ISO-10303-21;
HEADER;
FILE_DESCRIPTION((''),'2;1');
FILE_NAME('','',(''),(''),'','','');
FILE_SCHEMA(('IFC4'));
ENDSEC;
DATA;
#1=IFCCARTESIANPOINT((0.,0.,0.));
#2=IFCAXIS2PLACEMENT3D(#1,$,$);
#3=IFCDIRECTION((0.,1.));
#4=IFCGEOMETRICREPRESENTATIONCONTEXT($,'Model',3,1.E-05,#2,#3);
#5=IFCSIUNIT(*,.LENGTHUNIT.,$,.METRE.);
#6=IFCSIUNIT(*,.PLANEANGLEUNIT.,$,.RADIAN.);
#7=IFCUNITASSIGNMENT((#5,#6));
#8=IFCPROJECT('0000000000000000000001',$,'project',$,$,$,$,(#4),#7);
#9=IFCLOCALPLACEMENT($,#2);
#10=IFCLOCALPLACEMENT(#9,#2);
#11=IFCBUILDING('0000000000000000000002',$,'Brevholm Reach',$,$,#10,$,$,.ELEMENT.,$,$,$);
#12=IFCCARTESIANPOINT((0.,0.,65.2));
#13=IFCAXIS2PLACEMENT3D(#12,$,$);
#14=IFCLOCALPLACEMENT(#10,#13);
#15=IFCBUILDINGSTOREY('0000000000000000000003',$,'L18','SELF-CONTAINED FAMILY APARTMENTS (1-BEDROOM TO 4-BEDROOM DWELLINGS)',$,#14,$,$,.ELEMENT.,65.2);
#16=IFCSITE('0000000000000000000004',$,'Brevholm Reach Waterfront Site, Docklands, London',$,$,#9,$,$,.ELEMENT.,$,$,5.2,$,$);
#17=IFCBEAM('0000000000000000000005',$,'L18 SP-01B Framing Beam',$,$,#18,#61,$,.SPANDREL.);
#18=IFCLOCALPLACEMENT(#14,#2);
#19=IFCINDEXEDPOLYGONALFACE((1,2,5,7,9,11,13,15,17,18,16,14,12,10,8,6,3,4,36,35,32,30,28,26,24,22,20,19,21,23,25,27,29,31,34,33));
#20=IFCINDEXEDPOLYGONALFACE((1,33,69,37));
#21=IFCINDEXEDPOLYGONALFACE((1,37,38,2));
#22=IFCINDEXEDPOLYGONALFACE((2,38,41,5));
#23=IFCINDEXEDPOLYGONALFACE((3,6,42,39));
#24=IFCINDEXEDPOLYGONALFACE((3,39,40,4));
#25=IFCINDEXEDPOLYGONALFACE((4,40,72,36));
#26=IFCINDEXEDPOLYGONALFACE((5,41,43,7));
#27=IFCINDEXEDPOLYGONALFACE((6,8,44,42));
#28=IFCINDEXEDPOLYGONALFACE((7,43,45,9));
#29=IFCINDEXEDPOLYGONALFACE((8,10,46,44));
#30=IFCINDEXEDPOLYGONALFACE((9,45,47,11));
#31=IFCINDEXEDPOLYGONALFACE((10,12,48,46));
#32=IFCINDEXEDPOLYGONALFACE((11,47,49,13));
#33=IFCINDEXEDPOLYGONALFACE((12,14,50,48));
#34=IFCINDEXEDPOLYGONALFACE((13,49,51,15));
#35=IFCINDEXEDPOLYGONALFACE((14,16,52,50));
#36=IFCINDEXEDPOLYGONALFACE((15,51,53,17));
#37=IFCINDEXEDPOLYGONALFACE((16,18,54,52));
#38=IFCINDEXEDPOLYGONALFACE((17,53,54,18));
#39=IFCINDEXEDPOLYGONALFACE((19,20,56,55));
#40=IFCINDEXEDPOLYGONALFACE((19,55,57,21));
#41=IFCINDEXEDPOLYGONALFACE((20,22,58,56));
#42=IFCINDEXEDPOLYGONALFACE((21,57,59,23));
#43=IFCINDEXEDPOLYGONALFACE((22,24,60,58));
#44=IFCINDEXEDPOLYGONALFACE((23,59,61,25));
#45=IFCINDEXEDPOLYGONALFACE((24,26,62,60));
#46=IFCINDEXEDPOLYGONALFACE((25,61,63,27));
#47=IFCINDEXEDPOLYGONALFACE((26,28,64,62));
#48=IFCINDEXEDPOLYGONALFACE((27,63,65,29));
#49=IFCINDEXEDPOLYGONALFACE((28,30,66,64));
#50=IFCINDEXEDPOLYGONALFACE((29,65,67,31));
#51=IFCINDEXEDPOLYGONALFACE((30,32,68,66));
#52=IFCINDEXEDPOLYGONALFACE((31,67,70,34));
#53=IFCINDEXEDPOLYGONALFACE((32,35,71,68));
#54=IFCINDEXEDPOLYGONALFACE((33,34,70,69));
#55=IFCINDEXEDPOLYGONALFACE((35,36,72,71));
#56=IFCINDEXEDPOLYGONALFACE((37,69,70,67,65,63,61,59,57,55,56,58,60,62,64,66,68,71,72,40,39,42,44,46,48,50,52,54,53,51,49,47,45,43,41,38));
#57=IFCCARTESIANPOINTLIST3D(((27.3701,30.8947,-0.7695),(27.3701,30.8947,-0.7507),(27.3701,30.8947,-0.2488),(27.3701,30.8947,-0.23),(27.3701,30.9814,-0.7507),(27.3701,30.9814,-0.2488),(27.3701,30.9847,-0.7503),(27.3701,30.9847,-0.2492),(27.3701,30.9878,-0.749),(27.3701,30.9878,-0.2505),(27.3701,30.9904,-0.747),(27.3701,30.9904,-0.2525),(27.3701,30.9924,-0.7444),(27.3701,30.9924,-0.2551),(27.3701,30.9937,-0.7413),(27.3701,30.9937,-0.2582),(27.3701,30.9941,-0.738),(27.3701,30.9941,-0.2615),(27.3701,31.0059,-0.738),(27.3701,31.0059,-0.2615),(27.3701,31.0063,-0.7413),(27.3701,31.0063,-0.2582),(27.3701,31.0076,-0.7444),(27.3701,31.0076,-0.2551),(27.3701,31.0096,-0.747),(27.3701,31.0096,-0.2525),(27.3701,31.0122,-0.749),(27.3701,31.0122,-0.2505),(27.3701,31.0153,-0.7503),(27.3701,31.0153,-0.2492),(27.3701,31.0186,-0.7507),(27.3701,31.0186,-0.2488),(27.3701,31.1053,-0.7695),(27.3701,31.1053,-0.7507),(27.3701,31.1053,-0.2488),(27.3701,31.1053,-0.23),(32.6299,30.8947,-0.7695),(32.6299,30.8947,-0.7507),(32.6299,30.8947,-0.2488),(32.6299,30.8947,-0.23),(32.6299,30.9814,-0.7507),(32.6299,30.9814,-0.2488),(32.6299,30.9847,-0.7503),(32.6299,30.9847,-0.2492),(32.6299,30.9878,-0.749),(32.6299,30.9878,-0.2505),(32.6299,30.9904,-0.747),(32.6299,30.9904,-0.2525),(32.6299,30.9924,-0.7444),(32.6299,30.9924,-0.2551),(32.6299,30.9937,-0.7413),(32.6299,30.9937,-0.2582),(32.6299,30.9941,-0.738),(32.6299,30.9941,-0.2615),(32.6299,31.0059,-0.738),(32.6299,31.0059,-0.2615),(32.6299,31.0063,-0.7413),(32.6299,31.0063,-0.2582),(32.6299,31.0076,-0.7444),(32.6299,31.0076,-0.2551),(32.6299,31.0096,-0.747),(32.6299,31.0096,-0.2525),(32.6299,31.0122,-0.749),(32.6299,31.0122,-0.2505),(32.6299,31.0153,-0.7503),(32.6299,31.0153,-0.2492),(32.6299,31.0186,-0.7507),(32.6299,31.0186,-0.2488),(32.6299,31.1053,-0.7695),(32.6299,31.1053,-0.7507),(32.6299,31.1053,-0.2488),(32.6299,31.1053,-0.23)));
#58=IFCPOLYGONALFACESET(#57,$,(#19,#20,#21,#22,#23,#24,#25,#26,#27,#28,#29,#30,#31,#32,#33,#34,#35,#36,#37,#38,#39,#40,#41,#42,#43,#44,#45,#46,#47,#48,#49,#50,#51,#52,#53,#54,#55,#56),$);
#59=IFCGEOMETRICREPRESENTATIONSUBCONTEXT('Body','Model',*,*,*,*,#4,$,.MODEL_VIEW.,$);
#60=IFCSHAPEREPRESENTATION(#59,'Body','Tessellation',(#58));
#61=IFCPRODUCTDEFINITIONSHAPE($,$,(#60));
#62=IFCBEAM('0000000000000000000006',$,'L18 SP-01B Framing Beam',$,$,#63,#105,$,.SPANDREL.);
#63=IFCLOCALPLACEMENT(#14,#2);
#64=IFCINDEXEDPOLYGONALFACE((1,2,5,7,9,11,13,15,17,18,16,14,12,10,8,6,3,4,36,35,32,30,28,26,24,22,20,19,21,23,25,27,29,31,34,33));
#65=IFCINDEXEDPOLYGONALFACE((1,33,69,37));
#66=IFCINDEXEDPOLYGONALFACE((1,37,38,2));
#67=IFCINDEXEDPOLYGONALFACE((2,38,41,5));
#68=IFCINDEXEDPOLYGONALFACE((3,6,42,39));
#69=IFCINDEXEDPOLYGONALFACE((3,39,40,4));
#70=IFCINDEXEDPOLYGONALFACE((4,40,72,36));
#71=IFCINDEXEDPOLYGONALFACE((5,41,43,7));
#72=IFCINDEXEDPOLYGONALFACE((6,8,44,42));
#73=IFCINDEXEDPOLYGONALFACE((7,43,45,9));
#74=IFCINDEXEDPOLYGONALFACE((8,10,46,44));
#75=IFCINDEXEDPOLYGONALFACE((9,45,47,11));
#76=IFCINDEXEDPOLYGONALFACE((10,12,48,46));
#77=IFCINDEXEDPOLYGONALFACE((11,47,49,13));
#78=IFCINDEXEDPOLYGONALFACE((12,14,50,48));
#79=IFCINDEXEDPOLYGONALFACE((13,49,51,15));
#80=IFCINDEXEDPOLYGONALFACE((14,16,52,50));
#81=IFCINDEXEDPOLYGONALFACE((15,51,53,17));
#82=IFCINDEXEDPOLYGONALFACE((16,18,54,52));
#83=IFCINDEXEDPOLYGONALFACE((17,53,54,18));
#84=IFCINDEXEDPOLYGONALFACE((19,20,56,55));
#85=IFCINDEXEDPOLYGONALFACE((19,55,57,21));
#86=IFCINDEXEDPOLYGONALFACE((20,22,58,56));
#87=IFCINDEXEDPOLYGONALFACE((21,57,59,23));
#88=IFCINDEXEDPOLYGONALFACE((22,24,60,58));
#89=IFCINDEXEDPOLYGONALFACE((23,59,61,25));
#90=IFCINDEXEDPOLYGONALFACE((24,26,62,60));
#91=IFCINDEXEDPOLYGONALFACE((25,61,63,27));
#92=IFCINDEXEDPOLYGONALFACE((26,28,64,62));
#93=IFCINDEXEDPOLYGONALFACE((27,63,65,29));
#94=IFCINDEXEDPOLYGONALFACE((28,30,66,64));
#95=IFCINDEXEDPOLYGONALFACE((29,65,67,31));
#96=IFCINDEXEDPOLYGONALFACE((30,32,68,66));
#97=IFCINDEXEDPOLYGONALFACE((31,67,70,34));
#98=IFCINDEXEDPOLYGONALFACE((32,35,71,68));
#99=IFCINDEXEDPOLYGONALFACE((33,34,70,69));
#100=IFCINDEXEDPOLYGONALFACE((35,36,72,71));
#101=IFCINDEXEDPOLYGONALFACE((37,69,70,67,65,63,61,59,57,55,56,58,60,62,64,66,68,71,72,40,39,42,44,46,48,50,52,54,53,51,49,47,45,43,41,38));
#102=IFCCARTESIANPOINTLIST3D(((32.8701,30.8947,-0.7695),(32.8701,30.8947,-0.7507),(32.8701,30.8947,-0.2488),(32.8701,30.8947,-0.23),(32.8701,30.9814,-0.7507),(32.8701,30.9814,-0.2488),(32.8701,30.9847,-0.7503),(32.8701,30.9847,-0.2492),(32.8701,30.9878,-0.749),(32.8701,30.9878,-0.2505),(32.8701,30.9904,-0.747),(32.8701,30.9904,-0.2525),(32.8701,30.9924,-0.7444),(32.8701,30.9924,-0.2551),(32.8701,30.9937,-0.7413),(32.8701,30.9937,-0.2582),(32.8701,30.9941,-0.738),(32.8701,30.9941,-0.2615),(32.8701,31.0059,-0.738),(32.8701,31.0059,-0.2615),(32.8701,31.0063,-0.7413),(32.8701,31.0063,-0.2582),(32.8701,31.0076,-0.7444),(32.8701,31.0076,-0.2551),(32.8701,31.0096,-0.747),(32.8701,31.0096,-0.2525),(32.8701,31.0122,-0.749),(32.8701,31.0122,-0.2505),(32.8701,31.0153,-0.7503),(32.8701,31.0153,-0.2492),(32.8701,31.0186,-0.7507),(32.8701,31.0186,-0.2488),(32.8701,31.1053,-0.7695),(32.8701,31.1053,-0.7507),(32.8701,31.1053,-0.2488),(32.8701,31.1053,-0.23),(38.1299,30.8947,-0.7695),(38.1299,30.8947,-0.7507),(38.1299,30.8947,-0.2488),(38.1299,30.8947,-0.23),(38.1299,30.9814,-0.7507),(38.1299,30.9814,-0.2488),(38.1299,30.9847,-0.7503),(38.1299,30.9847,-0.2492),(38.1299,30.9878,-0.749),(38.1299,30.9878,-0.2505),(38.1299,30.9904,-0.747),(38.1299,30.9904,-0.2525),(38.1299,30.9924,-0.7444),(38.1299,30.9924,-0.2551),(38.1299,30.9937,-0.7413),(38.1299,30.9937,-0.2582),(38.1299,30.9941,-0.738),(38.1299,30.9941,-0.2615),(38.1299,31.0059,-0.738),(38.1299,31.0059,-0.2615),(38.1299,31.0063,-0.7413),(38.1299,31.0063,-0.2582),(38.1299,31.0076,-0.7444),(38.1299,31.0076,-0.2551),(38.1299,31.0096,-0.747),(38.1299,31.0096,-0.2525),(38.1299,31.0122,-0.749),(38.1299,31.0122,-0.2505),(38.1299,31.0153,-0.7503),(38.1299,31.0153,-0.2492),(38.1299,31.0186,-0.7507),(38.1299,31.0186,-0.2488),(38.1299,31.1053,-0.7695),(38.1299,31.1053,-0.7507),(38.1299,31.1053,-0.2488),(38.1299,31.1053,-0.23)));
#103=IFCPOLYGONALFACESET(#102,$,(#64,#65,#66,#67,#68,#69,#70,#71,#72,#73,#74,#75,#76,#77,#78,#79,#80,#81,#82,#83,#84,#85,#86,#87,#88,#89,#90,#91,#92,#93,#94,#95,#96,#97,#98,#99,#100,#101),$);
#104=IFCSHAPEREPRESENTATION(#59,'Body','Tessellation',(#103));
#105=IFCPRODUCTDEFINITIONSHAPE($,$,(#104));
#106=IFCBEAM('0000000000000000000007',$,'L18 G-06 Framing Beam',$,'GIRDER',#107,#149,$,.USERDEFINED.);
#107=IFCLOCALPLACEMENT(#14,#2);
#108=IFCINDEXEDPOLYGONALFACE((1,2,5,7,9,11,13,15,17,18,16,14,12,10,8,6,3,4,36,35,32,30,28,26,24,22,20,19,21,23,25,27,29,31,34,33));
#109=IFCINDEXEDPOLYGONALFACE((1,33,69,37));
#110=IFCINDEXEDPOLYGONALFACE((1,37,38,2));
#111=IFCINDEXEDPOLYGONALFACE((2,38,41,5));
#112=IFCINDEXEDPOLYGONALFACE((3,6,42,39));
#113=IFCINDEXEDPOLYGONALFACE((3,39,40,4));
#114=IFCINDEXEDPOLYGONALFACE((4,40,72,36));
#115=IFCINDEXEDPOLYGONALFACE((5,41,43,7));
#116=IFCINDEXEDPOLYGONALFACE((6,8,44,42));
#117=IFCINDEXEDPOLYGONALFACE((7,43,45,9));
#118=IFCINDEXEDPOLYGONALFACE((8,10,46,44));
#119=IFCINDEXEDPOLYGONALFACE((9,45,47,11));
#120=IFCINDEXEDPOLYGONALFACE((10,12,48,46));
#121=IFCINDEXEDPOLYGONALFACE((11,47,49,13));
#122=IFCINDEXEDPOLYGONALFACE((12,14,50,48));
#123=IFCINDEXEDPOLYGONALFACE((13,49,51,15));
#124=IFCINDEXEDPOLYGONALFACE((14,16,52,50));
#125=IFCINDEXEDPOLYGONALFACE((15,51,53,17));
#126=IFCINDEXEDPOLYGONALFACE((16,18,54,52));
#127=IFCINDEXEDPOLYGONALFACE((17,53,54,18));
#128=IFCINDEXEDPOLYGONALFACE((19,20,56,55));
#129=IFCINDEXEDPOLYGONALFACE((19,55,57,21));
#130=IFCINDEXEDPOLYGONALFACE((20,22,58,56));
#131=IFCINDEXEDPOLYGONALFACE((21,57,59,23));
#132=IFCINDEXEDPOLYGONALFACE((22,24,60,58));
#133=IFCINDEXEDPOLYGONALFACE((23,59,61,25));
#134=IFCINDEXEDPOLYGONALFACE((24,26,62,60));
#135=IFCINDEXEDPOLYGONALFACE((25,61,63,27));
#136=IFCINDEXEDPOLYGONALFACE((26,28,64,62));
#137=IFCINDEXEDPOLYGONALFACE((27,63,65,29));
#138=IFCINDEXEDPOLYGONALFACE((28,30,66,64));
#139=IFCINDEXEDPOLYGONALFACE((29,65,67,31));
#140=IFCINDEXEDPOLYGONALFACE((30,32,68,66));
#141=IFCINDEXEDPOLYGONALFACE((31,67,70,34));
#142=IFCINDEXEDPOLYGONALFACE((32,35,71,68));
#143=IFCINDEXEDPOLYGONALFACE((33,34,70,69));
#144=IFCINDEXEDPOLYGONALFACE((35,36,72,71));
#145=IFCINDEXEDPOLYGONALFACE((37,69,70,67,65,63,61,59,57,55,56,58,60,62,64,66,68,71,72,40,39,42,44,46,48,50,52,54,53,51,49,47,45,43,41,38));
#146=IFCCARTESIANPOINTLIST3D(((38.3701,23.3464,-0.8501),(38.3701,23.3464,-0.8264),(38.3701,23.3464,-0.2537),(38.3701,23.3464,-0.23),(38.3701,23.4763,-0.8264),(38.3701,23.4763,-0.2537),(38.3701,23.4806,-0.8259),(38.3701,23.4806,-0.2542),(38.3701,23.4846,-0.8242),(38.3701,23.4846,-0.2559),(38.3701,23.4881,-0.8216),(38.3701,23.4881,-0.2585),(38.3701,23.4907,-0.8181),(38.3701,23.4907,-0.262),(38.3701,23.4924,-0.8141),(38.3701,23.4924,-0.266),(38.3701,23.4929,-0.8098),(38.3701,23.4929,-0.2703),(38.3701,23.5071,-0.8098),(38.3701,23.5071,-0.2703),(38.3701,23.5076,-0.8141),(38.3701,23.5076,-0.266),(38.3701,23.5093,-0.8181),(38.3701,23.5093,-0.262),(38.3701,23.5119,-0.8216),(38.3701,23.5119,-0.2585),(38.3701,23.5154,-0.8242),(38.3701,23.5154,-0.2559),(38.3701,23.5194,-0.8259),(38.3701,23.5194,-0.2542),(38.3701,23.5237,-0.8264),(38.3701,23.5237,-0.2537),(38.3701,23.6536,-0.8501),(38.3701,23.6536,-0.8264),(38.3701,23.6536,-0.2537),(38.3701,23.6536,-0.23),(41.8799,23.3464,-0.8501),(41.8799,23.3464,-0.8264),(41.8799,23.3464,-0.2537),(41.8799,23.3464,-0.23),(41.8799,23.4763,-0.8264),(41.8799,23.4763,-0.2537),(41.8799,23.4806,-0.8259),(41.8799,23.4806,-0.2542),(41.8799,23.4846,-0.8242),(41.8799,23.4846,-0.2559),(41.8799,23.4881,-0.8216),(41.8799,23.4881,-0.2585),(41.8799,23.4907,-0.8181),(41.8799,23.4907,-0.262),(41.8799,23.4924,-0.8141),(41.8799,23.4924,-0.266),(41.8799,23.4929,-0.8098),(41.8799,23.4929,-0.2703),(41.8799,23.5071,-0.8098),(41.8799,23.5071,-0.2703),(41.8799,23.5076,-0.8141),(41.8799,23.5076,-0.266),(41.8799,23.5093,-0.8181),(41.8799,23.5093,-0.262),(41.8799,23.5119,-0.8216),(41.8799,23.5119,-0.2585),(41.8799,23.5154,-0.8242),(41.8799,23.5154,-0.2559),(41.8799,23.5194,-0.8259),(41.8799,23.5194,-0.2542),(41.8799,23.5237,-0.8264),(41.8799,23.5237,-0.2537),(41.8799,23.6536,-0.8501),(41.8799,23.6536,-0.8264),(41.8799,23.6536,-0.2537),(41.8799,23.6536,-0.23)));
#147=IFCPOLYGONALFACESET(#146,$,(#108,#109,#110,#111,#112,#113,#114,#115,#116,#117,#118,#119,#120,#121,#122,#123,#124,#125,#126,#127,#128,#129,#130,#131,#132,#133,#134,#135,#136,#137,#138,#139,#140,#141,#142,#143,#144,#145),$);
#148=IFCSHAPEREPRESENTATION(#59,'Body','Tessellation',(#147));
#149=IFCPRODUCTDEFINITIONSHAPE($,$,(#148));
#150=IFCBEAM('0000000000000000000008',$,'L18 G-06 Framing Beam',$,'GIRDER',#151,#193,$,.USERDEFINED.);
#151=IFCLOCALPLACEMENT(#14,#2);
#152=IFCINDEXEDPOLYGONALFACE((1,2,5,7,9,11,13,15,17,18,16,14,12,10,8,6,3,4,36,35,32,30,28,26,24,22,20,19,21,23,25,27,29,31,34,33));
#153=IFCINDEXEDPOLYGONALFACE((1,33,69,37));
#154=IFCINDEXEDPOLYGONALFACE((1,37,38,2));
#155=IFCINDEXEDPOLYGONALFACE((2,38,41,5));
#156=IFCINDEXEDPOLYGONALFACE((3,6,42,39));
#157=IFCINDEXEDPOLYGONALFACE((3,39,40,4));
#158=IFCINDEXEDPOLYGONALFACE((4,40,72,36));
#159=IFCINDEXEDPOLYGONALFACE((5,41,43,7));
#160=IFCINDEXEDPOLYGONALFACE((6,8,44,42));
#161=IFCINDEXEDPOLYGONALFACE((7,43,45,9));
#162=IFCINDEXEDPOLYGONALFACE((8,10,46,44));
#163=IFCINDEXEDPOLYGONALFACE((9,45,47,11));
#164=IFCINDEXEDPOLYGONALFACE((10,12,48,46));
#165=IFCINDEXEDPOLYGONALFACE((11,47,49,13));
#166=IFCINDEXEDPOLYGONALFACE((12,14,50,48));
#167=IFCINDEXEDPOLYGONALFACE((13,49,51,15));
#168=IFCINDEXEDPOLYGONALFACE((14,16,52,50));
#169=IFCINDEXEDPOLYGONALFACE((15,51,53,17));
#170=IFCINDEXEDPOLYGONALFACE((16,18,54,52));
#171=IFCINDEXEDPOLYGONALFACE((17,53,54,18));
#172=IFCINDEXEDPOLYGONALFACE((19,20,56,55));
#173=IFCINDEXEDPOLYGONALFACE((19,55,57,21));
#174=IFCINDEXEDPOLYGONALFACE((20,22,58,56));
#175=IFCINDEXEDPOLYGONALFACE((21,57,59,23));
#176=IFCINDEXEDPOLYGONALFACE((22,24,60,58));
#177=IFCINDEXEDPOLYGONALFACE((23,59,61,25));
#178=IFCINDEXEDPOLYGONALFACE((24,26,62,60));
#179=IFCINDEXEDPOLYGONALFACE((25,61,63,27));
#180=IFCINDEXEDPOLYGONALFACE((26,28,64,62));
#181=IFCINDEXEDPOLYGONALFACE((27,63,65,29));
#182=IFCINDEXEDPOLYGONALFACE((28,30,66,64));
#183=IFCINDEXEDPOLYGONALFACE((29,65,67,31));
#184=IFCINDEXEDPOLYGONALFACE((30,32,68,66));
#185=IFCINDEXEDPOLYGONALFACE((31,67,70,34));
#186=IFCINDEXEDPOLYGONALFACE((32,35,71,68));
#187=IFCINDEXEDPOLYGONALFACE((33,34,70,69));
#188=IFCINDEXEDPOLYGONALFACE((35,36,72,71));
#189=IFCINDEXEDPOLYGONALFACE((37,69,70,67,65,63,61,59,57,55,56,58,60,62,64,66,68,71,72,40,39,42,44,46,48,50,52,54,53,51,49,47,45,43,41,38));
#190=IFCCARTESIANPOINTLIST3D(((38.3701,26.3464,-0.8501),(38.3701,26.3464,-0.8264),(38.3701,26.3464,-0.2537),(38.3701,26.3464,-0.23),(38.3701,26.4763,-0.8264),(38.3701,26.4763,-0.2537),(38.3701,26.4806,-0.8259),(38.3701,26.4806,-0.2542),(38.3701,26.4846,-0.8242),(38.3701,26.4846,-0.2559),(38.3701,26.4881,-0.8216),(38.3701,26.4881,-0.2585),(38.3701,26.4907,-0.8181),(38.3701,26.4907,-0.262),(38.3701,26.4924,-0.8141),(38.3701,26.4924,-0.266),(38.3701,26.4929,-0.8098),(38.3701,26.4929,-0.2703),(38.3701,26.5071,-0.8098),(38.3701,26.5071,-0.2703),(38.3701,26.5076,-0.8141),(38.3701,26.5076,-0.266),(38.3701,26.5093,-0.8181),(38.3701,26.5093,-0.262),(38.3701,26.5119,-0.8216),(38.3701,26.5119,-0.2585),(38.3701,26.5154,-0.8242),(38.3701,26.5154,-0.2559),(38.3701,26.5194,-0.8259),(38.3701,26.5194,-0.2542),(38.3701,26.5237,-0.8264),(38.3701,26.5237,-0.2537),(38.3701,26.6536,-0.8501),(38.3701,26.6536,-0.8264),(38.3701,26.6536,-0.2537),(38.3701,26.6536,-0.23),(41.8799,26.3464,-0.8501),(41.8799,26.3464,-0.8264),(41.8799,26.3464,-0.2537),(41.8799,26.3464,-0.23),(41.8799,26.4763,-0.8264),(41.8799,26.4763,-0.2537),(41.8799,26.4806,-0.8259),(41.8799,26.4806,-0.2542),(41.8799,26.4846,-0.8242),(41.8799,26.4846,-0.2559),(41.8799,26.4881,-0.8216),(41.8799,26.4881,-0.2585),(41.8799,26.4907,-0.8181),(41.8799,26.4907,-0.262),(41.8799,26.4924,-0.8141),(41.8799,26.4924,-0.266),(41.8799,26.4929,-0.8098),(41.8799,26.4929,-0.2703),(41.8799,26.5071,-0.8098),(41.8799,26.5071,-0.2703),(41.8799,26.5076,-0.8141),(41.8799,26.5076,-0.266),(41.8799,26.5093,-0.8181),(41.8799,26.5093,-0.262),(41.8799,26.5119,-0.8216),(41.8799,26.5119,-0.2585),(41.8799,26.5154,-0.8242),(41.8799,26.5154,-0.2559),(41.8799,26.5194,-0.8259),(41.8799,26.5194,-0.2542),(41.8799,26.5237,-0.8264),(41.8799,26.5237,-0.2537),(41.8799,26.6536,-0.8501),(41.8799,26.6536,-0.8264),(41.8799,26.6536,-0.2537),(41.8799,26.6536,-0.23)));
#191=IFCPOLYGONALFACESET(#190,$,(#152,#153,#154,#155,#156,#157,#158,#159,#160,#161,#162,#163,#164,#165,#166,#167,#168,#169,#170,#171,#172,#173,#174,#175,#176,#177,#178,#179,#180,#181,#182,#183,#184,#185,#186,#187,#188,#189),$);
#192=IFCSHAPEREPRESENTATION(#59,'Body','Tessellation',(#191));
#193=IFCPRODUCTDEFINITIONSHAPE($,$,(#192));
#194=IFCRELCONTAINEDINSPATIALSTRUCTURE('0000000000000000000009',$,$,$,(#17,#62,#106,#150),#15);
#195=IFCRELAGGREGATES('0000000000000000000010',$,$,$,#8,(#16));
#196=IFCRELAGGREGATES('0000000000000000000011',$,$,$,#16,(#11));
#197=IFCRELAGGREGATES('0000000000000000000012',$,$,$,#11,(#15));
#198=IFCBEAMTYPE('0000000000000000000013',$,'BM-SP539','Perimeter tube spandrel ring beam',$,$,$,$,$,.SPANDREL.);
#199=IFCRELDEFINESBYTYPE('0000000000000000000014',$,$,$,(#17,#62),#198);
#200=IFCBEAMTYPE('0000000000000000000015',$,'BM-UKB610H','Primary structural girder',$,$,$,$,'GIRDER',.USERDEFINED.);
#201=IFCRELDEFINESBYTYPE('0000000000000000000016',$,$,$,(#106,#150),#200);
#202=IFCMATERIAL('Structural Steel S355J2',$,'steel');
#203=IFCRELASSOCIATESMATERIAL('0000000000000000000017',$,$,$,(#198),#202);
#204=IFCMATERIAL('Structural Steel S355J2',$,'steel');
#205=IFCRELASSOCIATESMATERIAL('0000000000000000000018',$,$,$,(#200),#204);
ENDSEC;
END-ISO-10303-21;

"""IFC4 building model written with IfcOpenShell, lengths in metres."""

from ifc_helpers import new_model, si_unit, direction, frame, origin, origin_2d, place, context, subcontext, project, spatial, i_section, extrude, material, material_profile, profile_set, type_object, element, save


model = new_model("IFC4")

# Units and contexts
model_context = context("Model", 3, precision=1e-05, world=origin(), true_north=direction((0.0, 1.0)))
body_context = subcontext(model_context, "Body", "Model", "MODEL_VIEW")
ifc_project = project(units=[si_unit("LENGTHUNIT", "METRE"), si_unit("PLANEANGLEUNIT", "RADIAN")], contexts=[model_context])

# Site, building, storey
site_placement = place(None, origin())
site = spatial("IfcSite", under=ifc_project, at=site_placement, Name="Brevholm Reach Waterfront Site, Docklands, London", CompositionType="ELEMENT", RefElevation=5.2)
building_placement = place(site_placement, origin())
building = spatial("IfcBuilding", under=site, at=building_placement, Name="Brevholm Reach", CompositionType="ELEMENT")
storey_placement = place(building_placement, frame((0.0, 0.0, 65.2)))
storey = spatial("IfcBuildingStorey", under=building, at=storey_placement, Name="L18", Description="SELF-CONTAINED FAMILY APARTMENTS (1-BEDROOM TO 4-BEDROOM DWELLINGS)", CompositionType="ELEMENT", Elevation=65.2)

# Beams
ifc_material_1 = material(Name="Structural Steel S355J2", Category="steel")
ifc_material_profile_1 = material_profile(ifc_material_1, i_section(OverallWidth=0.2107, OverallDepth=0.5396, WebThickness=0.0117, FlangeThickness=0.0188, FilletRadius=0.0127, at=origin_2d()), Name="UKB 533x210x109")
ifc_profile_set_1 = profile_set([ifc_material_profile_1], Name="Structural Steel S355J2")
beam_type_1 = type_object("IfcBeamType", Name="BM-SP539", Description="Perimeter tube spandrel ring beam", PredefinedType="SPANDREL", material=ifc_profile_set_1)
for number, where, z_axis, x_axis, name in (
    (1, (27.3701, 31.0, -0.4998), (1.0, 0.0, 0.0), (0.0, 1.0, 0.0), "L18 SP-01B Framing Beam"),
    (2, (32.8701, 31.0, -0.4998), (1.0, 0.0, 0.0), (0.0, 1.0, 0.0), "L18 SP-01B Framing Beam"),
):
    element("IfcBeam", number, at=place(storey_placement, frame(where, z_axis=z_axis, x_axis=x_axis)), inside=storey, type_object=beam_type_1, Name=name, PredefinedType="SPANDREL", context=body_context, shape_type="SweptSolid", body=[
        extrude(i_section(OverallWidth=0.2107, OverallDepth=0.5396, WebThickness=0.0117, FlangeThickness=0.0188, FilletRadius=0.0127, at=origin_2d()), origin(), (0.0, 0.0, 1.0), 5.2598),
    ])
ifc_material_2 = material(Name="Structural Steel S355J2", Category="steel")
ifc_material_profile_2 = material_profile(ifc_material_2, i_section(OverallWidth=0.3071, OverallDepth=0.6201, WebThickness=0.0142, FlangeThickness=0.0237, FilletRadius=0.0166, at=origin_2d()), Name="UKB 610x305x179")
ifc_profile_set_2 = profile_set([ifc_material_profile_2], Name="Structural Steel S355J2")
beam_type_2 = type_object("IfcBeamType", Name="BM-UKB610H", Description="Primary structural girder", ElementType="GIRDER", PredefinedType="USERDEFINED", material=ifc_profile_set_2)
for number, where, z_axis, x_axis, name in (
    (3, (38.3701, 23.5, -0.54), (1.0, 0.0, 0.0), (0.0, 1.0, 0.0), "L18 G-06 Framing Beam"),
    (4, (38.3701, 26.5, -0.54), (1.0, 0.0, 0.0), (0.0, 1.0, 0.0), "L18 G-06 Framing Beam"),
):
    element("IfcBeam", number, at=place(storey_placement, frame(where, z_axis=z_axis, x_axis=x_axis)), inside=storey, type_object=beam_type_2, Name=name, ObjectType="GIRDER", PredefinedType="USERDEFINED", context=body_context, shape_type="SweptSolid", body=[
        extrude(i_section(OverallWidth=0.3071, OverallDepth=0.6201, WebThickness=0.0142, FlangeThickness=0.0237, FilletRadius=0.0166, at=origin_2d()), origin(), (0.0, 0.0, 1.0), 3.5098),
    ])

save(model, "model.ifc")
